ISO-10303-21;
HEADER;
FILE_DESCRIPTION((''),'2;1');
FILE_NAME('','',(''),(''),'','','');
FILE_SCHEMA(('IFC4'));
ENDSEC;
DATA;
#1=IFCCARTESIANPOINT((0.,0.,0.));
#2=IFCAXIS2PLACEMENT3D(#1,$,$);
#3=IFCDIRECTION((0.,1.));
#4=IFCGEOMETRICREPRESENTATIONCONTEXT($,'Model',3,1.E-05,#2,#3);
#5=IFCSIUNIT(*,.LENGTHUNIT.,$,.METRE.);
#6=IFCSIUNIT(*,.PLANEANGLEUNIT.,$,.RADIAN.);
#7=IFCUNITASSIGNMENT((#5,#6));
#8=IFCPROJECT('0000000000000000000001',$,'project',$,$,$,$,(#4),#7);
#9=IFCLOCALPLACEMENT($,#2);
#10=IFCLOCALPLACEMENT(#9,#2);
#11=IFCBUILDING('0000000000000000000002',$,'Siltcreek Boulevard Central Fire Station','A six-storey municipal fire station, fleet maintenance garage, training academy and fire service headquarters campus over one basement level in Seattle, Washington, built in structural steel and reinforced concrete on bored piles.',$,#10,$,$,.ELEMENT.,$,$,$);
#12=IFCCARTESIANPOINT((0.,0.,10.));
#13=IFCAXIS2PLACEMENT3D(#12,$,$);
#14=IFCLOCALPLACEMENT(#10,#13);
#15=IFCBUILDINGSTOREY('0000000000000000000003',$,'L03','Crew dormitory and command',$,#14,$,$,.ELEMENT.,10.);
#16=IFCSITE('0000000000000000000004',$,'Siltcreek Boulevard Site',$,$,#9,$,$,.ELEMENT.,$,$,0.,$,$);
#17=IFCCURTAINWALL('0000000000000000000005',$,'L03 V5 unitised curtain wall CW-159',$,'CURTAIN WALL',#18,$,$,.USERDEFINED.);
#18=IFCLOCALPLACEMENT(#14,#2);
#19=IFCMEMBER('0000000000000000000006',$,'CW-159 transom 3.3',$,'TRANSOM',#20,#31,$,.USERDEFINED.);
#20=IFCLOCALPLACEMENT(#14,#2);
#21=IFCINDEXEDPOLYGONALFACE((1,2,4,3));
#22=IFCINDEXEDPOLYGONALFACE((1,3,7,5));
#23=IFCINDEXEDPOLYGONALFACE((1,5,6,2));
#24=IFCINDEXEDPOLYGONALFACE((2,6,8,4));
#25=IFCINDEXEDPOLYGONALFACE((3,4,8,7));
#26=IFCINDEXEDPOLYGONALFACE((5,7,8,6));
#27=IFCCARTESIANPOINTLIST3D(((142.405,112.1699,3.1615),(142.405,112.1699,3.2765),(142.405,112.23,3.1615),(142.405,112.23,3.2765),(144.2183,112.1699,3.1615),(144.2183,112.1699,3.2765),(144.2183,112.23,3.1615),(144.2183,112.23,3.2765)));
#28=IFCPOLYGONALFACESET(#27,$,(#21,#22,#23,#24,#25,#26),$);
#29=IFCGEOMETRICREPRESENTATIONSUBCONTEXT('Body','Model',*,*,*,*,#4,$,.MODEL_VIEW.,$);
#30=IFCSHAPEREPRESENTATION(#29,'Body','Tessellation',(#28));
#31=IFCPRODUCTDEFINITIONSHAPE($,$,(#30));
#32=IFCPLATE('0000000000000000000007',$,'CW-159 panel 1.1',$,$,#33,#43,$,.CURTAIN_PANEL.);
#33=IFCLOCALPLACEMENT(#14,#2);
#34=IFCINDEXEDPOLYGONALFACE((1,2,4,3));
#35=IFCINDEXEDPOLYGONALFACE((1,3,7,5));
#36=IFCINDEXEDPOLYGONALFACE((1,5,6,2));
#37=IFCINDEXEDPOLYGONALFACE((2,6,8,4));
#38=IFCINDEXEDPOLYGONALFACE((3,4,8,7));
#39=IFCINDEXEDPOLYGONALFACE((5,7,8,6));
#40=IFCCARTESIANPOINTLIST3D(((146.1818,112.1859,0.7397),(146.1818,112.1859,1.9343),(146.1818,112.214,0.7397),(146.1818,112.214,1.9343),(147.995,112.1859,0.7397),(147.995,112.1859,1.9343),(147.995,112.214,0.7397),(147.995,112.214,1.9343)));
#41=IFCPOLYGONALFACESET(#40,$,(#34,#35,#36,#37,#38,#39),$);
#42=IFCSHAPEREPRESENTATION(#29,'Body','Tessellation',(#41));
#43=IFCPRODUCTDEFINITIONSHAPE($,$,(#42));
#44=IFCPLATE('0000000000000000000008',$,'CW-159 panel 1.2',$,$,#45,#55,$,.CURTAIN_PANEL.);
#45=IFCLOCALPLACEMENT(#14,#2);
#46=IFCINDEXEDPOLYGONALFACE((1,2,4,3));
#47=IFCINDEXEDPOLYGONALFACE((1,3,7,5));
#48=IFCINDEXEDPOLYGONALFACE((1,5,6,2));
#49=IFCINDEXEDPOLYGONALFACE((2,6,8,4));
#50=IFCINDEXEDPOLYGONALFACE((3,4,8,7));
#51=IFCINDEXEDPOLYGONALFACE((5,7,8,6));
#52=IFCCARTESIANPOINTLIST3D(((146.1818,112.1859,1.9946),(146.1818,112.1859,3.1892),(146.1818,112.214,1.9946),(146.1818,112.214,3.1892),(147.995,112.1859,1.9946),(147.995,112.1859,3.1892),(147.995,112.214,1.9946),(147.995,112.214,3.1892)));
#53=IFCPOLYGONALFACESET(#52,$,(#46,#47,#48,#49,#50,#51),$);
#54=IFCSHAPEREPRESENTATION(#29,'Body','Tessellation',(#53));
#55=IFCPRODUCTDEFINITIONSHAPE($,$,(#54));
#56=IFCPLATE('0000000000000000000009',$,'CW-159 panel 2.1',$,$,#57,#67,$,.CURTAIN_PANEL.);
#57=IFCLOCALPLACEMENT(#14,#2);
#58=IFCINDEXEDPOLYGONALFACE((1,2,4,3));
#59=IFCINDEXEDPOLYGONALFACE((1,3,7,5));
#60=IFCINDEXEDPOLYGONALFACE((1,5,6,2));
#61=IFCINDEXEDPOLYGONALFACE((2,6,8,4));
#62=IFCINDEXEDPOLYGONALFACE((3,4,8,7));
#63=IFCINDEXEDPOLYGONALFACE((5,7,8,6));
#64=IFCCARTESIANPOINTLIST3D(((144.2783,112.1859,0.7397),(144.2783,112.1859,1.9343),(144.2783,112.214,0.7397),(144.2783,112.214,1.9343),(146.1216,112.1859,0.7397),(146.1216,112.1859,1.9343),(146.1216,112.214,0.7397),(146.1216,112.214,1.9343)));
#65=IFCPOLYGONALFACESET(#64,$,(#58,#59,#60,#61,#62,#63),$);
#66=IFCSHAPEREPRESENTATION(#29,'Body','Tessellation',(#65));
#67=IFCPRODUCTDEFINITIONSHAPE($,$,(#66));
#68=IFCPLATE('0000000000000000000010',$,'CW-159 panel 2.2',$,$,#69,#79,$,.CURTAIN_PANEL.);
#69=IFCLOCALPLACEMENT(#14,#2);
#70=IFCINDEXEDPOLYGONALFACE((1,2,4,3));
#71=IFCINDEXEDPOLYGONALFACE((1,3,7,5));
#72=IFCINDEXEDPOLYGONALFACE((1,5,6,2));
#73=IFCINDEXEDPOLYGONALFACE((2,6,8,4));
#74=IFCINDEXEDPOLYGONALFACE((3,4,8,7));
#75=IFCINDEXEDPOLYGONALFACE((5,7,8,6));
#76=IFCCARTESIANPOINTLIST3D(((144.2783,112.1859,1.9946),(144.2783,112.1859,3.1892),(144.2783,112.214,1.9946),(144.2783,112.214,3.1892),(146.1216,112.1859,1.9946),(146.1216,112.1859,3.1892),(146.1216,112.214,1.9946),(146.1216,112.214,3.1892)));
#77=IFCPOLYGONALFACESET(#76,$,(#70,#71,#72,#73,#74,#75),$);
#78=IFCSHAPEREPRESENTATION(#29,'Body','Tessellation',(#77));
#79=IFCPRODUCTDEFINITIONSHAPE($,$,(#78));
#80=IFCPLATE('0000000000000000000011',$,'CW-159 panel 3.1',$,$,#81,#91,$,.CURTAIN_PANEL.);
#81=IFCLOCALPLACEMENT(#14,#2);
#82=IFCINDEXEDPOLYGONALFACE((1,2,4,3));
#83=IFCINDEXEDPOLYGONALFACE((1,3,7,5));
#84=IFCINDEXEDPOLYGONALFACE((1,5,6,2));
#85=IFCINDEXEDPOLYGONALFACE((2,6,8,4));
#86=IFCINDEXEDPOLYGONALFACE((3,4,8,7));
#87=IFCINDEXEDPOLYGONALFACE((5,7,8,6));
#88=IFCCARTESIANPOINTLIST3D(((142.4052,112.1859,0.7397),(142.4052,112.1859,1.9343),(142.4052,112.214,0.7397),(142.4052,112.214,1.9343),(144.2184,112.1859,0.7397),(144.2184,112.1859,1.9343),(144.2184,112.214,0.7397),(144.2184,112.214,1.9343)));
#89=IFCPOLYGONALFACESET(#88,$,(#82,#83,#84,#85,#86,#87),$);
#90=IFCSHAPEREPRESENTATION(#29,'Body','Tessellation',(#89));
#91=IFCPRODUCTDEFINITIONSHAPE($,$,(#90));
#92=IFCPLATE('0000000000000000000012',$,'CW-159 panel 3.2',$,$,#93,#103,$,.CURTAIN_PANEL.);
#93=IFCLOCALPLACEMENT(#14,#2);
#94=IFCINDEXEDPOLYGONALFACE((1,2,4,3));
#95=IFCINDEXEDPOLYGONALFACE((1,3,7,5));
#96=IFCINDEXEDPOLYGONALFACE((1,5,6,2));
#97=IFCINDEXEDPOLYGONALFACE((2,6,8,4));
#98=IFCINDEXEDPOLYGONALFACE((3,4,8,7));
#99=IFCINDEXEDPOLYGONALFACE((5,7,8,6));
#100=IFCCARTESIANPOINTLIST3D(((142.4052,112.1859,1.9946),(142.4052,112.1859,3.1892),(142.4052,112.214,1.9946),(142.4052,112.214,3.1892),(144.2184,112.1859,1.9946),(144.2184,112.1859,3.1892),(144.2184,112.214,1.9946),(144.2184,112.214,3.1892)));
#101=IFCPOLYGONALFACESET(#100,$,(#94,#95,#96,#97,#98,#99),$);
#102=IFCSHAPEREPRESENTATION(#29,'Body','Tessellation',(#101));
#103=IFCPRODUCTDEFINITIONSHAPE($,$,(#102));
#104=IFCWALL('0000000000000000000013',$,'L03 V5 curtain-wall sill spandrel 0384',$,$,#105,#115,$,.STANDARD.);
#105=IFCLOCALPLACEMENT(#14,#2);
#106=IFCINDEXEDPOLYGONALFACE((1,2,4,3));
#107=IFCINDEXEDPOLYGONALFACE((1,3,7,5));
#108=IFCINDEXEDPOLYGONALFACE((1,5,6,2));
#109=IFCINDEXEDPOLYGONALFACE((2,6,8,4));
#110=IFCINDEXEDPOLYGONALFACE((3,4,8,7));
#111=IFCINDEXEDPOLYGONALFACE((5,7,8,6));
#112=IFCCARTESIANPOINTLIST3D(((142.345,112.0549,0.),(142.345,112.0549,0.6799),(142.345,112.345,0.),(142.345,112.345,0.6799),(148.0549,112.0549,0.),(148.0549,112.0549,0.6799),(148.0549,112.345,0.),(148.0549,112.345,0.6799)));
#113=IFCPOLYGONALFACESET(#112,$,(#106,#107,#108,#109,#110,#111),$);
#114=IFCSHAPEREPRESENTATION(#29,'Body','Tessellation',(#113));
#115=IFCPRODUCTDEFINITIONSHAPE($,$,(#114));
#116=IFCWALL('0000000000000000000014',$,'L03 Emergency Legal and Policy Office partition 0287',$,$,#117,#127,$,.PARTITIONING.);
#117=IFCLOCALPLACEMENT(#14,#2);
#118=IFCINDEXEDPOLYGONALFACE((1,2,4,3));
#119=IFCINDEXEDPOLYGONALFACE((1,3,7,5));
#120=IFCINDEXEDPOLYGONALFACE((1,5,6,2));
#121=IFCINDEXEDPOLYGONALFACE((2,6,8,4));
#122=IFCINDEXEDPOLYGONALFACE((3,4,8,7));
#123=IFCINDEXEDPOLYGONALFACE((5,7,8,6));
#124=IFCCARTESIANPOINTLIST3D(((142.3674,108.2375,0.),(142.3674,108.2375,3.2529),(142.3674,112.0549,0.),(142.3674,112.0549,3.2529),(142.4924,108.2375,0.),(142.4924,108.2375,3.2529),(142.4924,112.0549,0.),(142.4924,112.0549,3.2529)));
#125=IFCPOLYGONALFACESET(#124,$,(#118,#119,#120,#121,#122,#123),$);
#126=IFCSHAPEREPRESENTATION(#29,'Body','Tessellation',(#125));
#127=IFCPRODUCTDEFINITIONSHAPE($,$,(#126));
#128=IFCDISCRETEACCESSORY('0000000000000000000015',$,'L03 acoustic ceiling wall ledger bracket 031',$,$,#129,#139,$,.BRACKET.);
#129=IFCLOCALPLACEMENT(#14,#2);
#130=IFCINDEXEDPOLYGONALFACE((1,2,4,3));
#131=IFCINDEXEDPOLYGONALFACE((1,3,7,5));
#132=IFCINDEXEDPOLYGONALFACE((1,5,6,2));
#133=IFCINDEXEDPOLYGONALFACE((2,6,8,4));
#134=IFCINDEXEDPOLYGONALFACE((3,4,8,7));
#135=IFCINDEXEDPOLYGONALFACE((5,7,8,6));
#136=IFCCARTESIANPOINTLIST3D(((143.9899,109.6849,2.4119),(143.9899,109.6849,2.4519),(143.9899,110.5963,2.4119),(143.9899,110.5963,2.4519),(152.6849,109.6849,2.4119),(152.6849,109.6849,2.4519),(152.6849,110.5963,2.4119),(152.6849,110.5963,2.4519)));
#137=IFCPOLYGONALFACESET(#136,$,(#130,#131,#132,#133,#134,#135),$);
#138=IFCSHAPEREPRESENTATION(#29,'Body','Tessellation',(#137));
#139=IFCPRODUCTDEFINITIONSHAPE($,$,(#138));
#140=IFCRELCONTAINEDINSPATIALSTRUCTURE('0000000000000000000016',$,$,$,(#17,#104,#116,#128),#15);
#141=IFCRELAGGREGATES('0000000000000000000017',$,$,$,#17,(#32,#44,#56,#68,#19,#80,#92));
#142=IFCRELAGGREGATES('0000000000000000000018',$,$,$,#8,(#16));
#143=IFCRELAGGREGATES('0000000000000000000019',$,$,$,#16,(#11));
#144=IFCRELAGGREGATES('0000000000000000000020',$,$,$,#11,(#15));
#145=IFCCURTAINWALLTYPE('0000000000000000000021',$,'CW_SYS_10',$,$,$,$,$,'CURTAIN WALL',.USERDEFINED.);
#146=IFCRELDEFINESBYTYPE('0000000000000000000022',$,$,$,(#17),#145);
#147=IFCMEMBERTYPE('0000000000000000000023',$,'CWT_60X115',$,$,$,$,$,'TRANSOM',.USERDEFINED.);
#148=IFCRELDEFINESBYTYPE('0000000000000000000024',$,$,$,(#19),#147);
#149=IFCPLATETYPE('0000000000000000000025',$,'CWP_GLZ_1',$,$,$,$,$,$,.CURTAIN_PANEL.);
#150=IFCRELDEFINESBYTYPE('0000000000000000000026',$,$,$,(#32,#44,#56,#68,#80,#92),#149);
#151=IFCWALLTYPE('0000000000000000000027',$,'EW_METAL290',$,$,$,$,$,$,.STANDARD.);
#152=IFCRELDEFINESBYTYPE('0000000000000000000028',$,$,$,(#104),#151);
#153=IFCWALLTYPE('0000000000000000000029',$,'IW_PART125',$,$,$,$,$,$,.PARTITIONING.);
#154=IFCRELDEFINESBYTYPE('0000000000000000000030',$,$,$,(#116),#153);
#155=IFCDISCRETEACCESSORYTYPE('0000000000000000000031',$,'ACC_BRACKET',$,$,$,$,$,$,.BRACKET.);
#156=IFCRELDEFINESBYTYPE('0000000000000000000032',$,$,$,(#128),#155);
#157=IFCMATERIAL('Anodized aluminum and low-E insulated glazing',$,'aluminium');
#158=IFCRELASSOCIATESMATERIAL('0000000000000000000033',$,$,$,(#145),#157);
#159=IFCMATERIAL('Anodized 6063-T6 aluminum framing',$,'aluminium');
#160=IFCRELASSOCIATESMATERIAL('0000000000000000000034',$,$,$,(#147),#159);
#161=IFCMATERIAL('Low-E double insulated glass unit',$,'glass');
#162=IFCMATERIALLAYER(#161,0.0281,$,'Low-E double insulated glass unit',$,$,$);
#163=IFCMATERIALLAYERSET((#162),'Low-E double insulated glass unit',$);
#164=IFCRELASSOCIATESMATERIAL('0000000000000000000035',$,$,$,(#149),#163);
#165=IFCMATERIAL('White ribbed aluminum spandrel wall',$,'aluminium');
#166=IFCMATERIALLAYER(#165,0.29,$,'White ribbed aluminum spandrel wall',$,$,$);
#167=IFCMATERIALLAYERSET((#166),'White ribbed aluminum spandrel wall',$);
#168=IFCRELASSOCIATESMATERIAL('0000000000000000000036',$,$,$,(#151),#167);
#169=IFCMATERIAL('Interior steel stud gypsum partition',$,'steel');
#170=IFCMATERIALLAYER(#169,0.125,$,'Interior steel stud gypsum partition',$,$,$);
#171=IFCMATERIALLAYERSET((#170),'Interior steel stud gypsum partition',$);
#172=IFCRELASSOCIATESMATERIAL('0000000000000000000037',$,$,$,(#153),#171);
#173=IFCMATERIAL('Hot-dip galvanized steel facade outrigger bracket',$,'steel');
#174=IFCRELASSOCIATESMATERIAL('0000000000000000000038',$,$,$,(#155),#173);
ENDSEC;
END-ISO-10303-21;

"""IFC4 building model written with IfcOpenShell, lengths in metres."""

from ifc_helpers import new_model, si_unit, direction, frame, frame_2d, origin, origin_2d, place, context, subcontext, project, spatial, rectangle, extrude, material, layer, layer_set, material_profile, profile_set, type_object, element, aggregate, save


model = new_model("IFC4")

# Units and contexts
model_context = context("Model", 3, precision=1e-05, world=origin(), true_north=direction((0.0, 1.0)))
body_context = subcontext(model_context, "Body", "Model", "MODEL_VIEW")
ifc_project = project(units=[si_unit("LENGTHUNIT", "METRE"), si_unit("PLANEANGLEUNIT", "RADIAN")], contexts=[model_context])

# Site, building, storey
site_placement = place(None, origin())
site = spatial("IfcSite", under=ifc_project, at=site_placement, Name="Siltcreek Boulevard Site", CompositionType="ELEMENT", RefElevation=0.0)
building_placement = place(site_placement, origin())
building = spatial("IfcBuilding", under=site, at=building_placement, Name="Siltcreek Boulevard Central Fire Station", Description="A six-storey municipal fire station, fleet maintenance garage, training academy and fire service headquarters campus over one basement level in Seattle, Washington, built in structural steel and reinforced concrete on bored piles.", CompositionType="ELEMENT")
storey_placement = place(building_placement, frame((0.0, 0.0, 10.0)))
storey = spatial("IfcBuildingStorey", under=building, at=storey_placement, Name="L03", Description="Crew dormitory and command", CompositionType="ELEMENT", Elevation=10.0)

# Curtain wall, member, plates
ifc_material_1 = material(Name="Anodized aluminum and low-E insulated glazing", Category="aluminium")
curtain_wall_type = type_object("IfcCurtainWallType", Name="CW_SYS_10", ElementType="CURTAIN WALL", PredefinedType="USERDEFINED", material=ifc_material_1)
curtain_wall_placement = place(storey_placement, origin())
curtain_wall = element("IfcCurtainWall", 1, at=curtain_wall_placement, inside=storey, type_object=curtain_wall_type, Name="L03 V5 unitised curtain wall CW-159", ObjectType="CURTAIN WALL", PredefinedType="USERDEFINED")
ifc_material_2 = material(Name="Anodized 6063-T6 aluminum framing", Category="aluminium")
ifc_material_profile_1 = material_profile(ifc_material_2, rectangle(XDim=0.0601, YDim=0.115, at=origin_2d()), Name="TRAN60X115")
ifc_profile_set_1 = profile_set([ifc_material_profile_1], Name="Anodized 6063-T6 aluminum framing")
member_type_1 = type_object("IfcMemberType", Name="CWT_60X115", ElementType="TRANSOM", PredefinedType="USERDEFINED", material=ifc_profile_set_1)
member_1_placement = place(storey_placement, frame((144.2183, 112.2, 3.219), z_axis=(-1.0, 0.0, 0.0), x_axis=(0.0, -1.0, 0.0)))
member_1 = element("IfcMember", 2, at=member_1_placement, type_object=member_type_1, Name="CW-159 transom 3.3", ObjectType="TRANSOM", PredefinedType="USERDEFINED", context=body_context, shape_type="SweptSolid", body=[
    extrude(rectangle(XDim=0.0601, YDim=0.115, at=origin_2d()), origin(), (0.0, 0.0, 1.0), 1.8132),
])
ifc_material_3 = material(Name="Low-E double insulated glass unit", Category="glass")
ifc_layer_1 = layer(ifc_material_3, 0.0281, Name="Low-E double insulated glass unit")
ifc_layer_set_1 = layer_set([ifc_layer_1], Name="Low-E double insulated glass unit")
plate_type = type_object("IfcPlateType", Name="CWP_GLZ_1", PredefinedType="CURTAIN_PANEL", material=ifc_layer_set_1)
plate_1_placement = place(storey_placement, frame((147.0884, 112.2, 0.7397), z_axis=(0.0, 0.0, 1.0), x_axis=(-1.0, 0.0, 0.0)))
plate_1 = element("IfcPlate", 3, at=plate_1_placement, type_object=plate_type, Name="CW-159 panel 1.1", PredefinedType="CURTAIN_PANEL", context=body_context, shape_type="SweptSolid", body=[
    extrude(rectangle(XDim=1.8132, YDim=0.0281, at=origin_2d()), origin(), (0.0, 0.0, 1.0), 1.1946),
])
plate_2_placement = place(storey_placement, frame((147.0884, 112.2, 1.9946), z_axis=(0.0, 0.0, 1.0), x_axis=(-1.0, 0.0, 0.0)))
plate_2 = element("IfcPlate", 4, at=plate_2_placement, type_object=plate_type, Name="CW-159 panel 1.2", PredefinedType="CURTAIN_PANEL", context=body_context, shape_type="SweptSolid", body=[
    extrude(rectangle(XDim=1.8132, YDim=0.0281, at=origin_2d()), origin(), (0.0, 0.0, 1.0), 1.1946),
])
plate_3_placement = place(storey_placement, frame((145.2, 112.2, 0.7397), z_axis=(0.0, 0.0, 1.0), x_axis=(-1.0, 0.0, 0.0)))
plate_3 = element("IfcPlate", 5, at=plate_3_placement, type_object=plate_type, Name="CW-159 panel 2.1", PredefinedType="CURTAIN_PANEL", context=body_context, shape_type="SweptSolid", body=[
    extrude(rectangle(XDim=1.8433, YDim=0.0281, at=origin_2d()), origin(), (0.0, 0.0, 1.0), 1.1946),
])
plate_4_placement = place(storey_placement, frame((145.2, 112.2, 1.9946), z_axis=(0.0, 0.0, 1.0), x_axis=(-1.0, 0.0, 0.0)))
plate_4 = element("IfcPlate", 6, at=plate_4_placement, type_object=plate_type, Name="CW-159 panel 2.2", PredefinedType="CURTAIN_PANEL", context=body_context, shape_type="SweptSolid", body=[
    extrude(rectangle(XDim=1.8433, YDim=0.0281, at=origin_2d()), origin(), (0.0, 0.0, 1.0), 1.1946),
])
plate_5_placement = place(storey_placement, frame((143.3118, 112.2, 0.7397), z_axis=(0.0, 0.0, 1.0), x_axis=(-1.0, 0.0, 0.0)))
plate_5 = element("IfcPlate", 7, at=plate_5_placement, type_object=plate_type, Name="CW-159 panel 3.1", PredefinedType="CURTAIN_PANEL", context=body_context, shape_type="SweptSolid", body=[
    extrude(rectangle(XDim=1.8132, YDim=0.0281, at=origin_2d()), origin(), (0.0, 0.0, 1.0), 1.1946),
])
plate_6_placement = place(storey_placement, frame((143.3118, 112.2, 1.9946), z_axis=(0.0, 0.0, 1.0), x_axis=(-1.0, 0.0, 0.0)))
plate_6 = element("IfcPlate", 8, at=plate_6_placement, type_object=plate_type, Name="CW-159 panel 3.2", PredefinedType="CURTAIN_PANEL", context=body_context, shape_type="SweptSolid", body=[
    extrude(rectangle(XDim=1.8132, YDim=0.0281, at=origin_2d()), origin(), (0.0, 0.0, 1.0), 1.1946),
])
aggregate(curtain_wall, [plate_1, plate_2, plate_3, plate_4, member_1, plate_5, plate_6])

# Walls
ifc_material_4 = material(Name="White ribbed aluminum spandrel wall", Category="aluminium")
ifc_layer_2 = layer(ifc_material_4, 0.29, Name="White ribbed aluminum spandrel wall")
ifc_layer_set_2 = layer_set([ifc_layer_2], Name="White ribbed aluminum spandrel wall")
wall_type_1 = type_object("IfcWallType", Name="EW_METAL290", PredefinedType="STANDARD", material=ifc_layer_set_2)
wall_1_placement = place(storey_placement, frame((148.0549, 112.2, 0.0), z_axis=(0.0, 0.0, 1.0), x_axis=(-1.0, 0.0, 0.0)))
element("IfcWall", 9, at=wall_1_placement, inside=storey, type_object=wall_type_1, Name="L03 V5 curtain-wall sill spandrel 0384", PredefinedType="STANDARD", context=body_context, shape_type="SweptSolid", body=[
    extrude(rectangle(XDim=5.71, YDim=0.29, at=frame_2d((2.855, 0.0))), origin(), (0.0, 0.0, 1.0), 0.6799),
])
ifc_material_5 = material(Name="Interior steel stud gypsum partition", Category="steel")
ifc_layer_3 = layer(ifc_material_5, 0.125, Name="Interior steel stud gypsum partition")
ifc_layer_set_3 = layer_set([ifc_layer_3], Name="Interior steel stud gypsum partition")
wall_type_2 = type_object("IfcWallType", Name="IW_PART125", PredefinedType="PARTITIONING", material=ifc_layer_set_3)
wall_2_placement = place(storey_placement, frame((142.4299, 112.0549, 0.0), z_axis=(0.0, 0.0, 1.0), x_axis=(0.0, -1.0, 0.0)))
element("IfcWall", 10, at=wall_2_placement, inside=storey, type_object=wall_type_2, Name="L03 Emergency Legal and Policy Office partition 0287", PredefinedType="PARTITIONING", context=body_context, shape_type="SweptSolid", body=[
    extrude(rectangle(XDim=3.8174, YDim=0.125, at=frame_2d((1.9087, 0.0))), origin(), (0.0, 0.0, 1.0), 3.2529),
])

# Discrete accessory
ifc_material_6 = material(Name="Hot-dip galvanized steel facade outrigger bracket", Category="steel")
discrete_accessory_type = type_object("IfcDiscreteAccessoryType", Name="ACC_BRACKET", PredefinedType="BRACKET", material=ifc_material_6)
discrete_accessory_placement = place(storey_placement, frame((148.3374, 110.1406, 2.4119), z_axis=(0.0, 0.0, 1.0), x_axis=(1.0, 0.0, 0.0)))
element("IfcDiscreteAccessory", 11, at=discrete_accessory_placement, inside=storey, type_object=discrete_accessory_type, Name="L03 acoustic ceiling wall ledger bracket 031", PredefinedType="BRACKET", context=body_context, shape_type="SweptSolid", body=[
    extrude(rectangle(XDim=8.6951, YDim=0.9114, at=origin_2d()), origin(), (0.0, 0.0, 1.0), 0.04),
])

save(model, "model.ifc")
